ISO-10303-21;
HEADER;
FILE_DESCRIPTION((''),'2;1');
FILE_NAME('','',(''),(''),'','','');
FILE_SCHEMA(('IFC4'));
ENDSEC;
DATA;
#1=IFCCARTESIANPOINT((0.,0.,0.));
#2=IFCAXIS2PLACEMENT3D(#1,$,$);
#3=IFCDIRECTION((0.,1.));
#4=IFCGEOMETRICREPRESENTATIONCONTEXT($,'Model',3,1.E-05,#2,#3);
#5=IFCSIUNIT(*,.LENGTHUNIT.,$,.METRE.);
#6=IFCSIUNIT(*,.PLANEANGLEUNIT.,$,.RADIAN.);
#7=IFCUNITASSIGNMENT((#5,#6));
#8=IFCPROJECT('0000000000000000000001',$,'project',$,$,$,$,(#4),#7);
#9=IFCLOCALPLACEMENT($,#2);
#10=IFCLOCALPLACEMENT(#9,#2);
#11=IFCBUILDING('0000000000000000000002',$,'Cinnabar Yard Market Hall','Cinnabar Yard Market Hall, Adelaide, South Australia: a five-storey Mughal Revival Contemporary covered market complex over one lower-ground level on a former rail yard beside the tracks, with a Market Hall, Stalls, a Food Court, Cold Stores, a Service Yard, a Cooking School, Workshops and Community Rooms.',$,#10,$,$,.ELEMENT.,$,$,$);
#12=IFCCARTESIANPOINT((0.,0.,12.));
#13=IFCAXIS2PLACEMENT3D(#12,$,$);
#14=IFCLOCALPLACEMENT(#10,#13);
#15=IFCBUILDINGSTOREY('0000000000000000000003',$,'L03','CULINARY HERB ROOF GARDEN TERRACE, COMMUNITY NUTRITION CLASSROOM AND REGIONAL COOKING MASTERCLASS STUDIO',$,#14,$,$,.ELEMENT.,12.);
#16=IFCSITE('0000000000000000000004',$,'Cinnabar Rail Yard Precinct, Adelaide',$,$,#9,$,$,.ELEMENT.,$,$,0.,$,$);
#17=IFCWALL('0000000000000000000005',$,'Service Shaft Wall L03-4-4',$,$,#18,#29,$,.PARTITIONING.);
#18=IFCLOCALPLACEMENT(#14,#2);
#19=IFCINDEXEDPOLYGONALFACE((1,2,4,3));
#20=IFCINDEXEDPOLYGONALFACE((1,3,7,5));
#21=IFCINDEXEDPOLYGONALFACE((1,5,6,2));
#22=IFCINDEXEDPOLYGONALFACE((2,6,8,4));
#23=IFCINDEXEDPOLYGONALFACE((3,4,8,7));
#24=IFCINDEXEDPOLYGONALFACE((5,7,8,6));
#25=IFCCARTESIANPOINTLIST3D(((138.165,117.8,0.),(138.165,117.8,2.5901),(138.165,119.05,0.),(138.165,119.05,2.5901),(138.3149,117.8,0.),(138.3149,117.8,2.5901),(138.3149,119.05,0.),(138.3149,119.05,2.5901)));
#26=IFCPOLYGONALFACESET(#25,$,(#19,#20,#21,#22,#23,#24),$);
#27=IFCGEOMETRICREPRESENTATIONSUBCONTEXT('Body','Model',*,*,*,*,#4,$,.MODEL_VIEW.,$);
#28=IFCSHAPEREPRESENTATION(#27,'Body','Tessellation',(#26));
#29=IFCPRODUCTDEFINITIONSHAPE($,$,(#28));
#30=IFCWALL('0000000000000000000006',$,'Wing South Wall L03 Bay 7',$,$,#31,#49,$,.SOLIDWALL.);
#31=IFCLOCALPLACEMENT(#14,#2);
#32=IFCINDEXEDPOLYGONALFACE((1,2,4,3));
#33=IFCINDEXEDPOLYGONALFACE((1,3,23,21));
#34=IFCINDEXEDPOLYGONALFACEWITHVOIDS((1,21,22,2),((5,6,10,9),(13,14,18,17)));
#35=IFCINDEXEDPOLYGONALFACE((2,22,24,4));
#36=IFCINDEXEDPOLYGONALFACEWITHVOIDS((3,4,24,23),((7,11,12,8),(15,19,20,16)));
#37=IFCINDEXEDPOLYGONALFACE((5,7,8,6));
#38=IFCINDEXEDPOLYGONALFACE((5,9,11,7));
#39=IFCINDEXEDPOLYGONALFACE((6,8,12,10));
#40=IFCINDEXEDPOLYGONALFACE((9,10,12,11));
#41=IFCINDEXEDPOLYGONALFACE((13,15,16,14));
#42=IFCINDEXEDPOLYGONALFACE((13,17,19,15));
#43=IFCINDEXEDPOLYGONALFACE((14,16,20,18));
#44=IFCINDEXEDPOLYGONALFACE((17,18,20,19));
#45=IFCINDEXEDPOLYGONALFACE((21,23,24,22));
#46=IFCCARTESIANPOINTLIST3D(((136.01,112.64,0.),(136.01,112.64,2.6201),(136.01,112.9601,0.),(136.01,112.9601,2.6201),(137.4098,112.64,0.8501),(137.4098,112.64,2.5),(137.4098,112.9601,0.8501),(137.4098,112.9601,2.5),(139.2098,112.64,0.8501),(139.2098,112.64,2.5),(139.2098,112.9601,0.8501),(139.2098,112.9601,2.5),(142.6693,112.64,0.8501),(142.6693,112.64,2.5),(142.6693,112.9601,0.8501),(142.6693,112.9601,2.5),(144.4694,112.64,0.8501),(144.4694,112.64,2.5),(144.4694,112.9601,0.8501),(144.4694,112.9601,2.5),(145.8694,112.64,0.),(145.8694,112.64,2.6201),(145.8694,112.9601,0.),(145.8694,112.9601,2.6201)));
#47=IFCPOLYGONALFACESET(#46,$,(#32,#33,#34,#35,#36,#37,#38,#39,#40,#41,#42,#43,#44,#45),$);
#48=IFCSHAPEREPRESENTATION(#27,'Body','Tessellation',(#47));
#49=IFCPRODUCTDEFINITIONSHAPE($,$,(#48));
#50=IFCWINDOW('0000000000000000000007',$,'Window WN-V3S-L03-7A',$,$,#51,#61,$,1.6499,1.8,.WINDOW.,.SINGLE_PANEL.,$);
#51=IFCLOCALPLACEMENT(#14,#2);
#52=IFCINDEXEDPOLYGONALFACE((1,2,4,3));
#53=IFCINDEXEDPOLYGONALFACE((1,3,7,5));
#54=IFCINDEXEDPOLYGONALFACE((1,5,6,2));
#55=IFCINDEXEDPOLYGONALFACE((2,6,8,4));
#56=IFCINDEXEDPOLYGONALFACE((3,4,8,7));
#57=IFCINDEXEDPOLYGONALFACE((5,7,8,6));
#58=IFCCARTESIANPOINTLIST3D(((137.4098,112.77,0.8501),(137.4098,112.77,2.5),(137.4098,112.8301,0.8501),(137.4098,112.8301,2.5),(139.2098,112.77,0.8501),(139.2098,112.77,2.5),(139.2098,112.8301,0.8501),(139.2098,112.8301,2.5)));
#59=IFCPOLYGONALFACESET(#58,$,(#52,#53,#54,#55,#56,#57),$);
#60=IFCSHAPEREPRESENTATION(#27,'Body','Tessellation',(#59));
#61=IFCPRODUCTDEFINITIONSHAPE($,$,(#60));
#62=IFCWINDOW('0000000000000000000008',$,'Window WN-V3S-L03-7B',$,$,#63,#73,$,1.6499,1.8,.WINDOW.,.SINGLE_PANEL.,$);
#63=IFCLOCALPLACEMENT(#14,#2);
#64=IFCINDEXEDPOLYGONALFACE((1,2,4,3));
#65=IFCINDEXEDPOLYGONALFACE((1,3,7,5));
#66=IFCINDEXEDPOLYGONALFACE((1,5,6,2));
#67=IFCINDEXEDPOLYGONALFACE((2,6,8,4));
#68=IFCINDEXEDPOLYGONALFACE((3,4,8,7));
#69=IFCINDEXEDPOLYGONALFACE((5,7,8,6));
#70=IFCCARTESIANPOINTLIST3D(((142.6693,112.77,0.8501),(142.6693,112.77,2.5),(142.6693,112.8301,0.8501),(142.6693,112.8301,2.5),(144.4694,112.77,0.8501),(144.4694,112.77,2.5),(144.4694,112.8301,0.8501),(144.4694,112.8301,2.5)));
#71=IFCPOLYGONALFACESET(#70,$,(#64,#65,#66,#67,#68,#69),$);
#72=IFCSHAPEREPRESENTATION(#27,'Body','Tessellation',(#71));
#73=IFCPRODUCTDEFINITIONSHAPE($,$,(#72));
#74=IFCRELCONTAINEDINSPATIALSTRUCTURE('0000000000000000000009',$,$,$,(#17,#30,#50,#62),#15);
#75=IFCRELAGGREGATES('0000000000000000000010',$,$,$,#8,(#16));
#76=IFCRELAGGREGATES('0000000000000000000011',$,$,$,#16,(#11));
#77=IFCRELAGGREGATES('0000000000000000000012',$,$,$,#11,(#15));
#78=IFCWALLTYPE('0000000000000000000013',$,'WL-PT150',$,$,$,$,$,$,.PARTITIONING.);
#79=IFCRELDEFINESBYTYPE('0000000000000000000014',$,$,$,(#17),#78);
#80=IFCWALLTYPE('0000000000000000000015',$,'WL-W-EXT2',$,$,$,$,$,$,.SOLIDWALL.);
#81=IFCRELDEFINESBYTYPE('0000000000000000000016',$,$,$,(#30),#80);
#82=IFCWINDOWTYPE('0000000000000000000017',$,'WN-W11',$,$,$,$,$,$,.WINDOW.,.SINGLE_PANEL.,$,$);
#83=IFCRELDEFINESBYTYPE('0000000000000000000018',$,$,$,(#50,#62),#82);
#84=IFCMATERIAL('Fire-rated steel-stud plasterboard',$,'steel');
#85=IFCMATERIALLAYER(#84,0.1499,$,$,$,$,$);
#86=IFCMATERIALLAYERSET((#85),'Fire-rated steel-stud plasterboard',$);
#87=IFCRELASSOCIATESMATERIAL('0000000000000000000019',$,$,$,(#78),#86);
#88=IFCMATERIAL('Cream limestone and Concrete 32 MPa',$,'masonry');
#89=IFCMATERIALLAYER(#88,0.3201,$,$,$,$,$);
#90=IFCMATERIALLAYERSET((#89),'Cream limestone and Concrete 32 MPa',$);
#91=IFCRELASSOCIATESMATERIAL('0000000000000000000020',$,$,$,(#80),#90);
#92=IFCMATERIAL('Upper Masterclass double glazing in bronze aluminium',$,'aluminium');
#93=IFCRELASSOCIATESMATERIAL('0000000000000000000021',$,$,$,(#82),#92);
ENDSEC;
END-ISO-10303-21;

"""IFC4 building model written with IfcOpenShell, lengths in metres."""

from ifc_helpers import new_model, si_unit, direction, frame, frame_2d, origin, place, context, subcontext, project, spatial, rectangle, extrude, material, layer, layer_set, type_object, element, fill, save


model = new_model("IFC4")

# Units and contexts
model_context = context("Model", 3, precision=1e-05, world=origin(), true_north=direction((0.0, 1.0)))
body_context = subcontext(model_context, "Body", "Model", "MODEL_VIEW")
ifc_project = project(units=[si_unit("LENGTHUNIT", "METRE"), si_unit("PLANEANGLEUNIT", "RADIAN")], contexts=[model_context])

# Site, building, storey
site_placement = place(None, origin())
site = spatial("IfcSite", under=ifc_project, at=site_placement, Name="Cinnabar Rail Yard Precinct, Adelaide", CompositionType="ELEMENT", RefElevation=0.0)
building_placement = place(site_placement, origin())
building = spatial("IfcBuilding", under=site, at=building_placement, Name="Cinnabar Yard Market Hall", Description="Cinnabar Yard Market Hall, Adelaide, South Australia: a five-storey Mughal Revival Contemporary covered market complex over one lower-ground level on a former rail yard beside the tracks, with a Market Hall, Stalls, a Food Court, Cold Stores, a Service Yard, a Cooking School, Workshops and Community Rooms.", CompositionType="ELEMENT")
storey_placement = place(building_placement, frame((0.0, 0.0, 12.0)))
storey = spatial("IfcBuildingStorey", under=building, at=storey_placement, Name="L03", Description="CULINARY HERB ROOF GARDEN TERRACE, COMMUNITY NUTRITION CLASSROOM AND REGIONAL COOKING MASTERCLASS STUDIO", CompositionType="ELEMENT", Elevation=12.0)

# Wall
ifc_material_1 = material(Name="Fire-rated steel-stud plasterboard", Category="steel")
ifc_layer_1 = layer(ifc_material_1, 0.1499)
ifc_layer_set_1 = layer_set([ifc_layer_1], Name="Fire-rated steel-stud plasterboard")
wall_type_1 = type_object("IfcWallType", Name="WL-PT150", PredefinedType="PARTITIONING", material=ifc_layer_set_1)
for number, where, z_axis, x_axis, name in (
    (1, (138.24, 119.05, 0.0), (0.0, 0.0, 1.0), (0.0, -1.0, 0.0), "Service Shaft Wall L03-4-4"),
):
    element("IfcWall", number, at=place(storey_placement, frame(where, z_axis=z_axis, x_axis=x_axis)), inside=storey, type_object=wall_type_1, Name=name, PredefinedType="PARTITIONING", context=body_context, shape_type="SweptSolid", body=[
        extrude(rectangle(XDim=1.25, YDim=0.1499, at=frame_2d((0.625, 0.0), x_axis=(1.0, 0.0))), origin(), (0.0, 0.0, 1.0), 2.5901),
    ])

# Wall, openings, windows
ifc_material_2 = material(Name="Cream limestone and Concrete 32 MPa", Category="masonry")
ifc_layer_2 = layer(ifc_material_2, 0.3201)
ifc_layer_set_2 = layer_set([ifc_layer_2], Name="Cream limestone and Concrete 32 MPa")
wall_type_2 = type_object("IfcWallType", Name="WL-W-EXT2", PredefinedType="SOLIDWALL", material=ifc_layer_set_2)
wall_1_placement = place(storey_placement, frame((136.01, 112.8, 0.0), z_axis=(0.0, 0.0, 1.0), x_axis=(1.0, 0.0, 0.0)))
wall_1 = element("IfcWall", 2, at=wall_1_placement, inside=storey, type_object=wall_type_2, Name="Wing South Wall L03 Bay 7", PredefinedType="SOLIDWALL", context=body_context, shape_type="SweptSolid", body=[
    extrude(rectangle(XDim=9.8594, YDim=0.3201, at=frame_2d((4.9297, 0.0), x_axis=(1.0, 0.0))), origin(), (0.0, 0.0, 1.0), 2.6201),
])
opening_1_placement = place(wall_1_placement, frame((1.3999, 0.0, 0.8501)))
opening_1 = element("IfcOpeningElement", 3, at=opening_1_placement, cuts=wall_1, PredefinedType="OPENING", context=body_context, shape_type="SweptSolid", body=[
    extrude(rectangle(XDim=1.8, YDim=1.6499, at=frame_2d((0.8999, 0.825), x_axis=(1.0, 0.0))), frame((0.0, 0.1699, 0.0), z_axis=(0.0, -1.0, 0.0), x_axis=(1.0, 0.0, 0.0)), (0.0, 0.0, 1.0), 0.3401),
])
opening_2_placement = place(wall_1_placement, frame((6.6594, 0.0, 0.8501)))
opening_2 = element("IfcOpeningElement", 4, at=opening_2_placement, cuts=wall_1, PredefinedType="OPENING", context=body_context, shape_type="SweptSolid", body=[
    extrude(rectangle(XDim=1.8, YDim=1.6499, at=frame_2d((0.8999, 0.825), x_axis=(1.0, 0.0))), frame((0.0, 0.1699, 0.0), z_axis=(0.0, -1.0, 0.0), x_axis=(1.0, 0.0, 0.0)), (0.0, 0.0, 1.0), 0.3401),
])
ifc_material_3 = material(Name="Upper Masterclass double glazing in bronze aluminium", Category="aluminium")
window_type = type_object("IfcWindowType", Name="WN-W11", PartitioningType="SINGLE_PANEL", PredefinedType="WINDOW", material=ifc_material_3)
window_1_placement = place(opening_1_placement, origin())
window_1 = element("IfcWindow", 5, at=window_1_placement, inside=storey, type_object=window_type, Name="Window WN-V3S-L03-7A", OverallHeight=1.6499, OverallWidth=1.8, PartitioningType="SINGLE_PANEL", PredefinedType="WINDOW", context=body_context, shape_type="SweptSolid", body=[
    extrude(rectangle(XDim=1.8, YDim=1.6499, at=frame_2d((0.8999, 0.825), x_axis=(1.0, 0.0))), frame((0.0, 0.03, 0.0), z_axis=(0.0, -1.0, 0.0), x_axis=(1.0, 0.0, 0.0)), (0.0, 0.0, 1.0), 0.0601),
])
fill(opening_1, window_1)
window_2_placement = place(opening_2_placement, origin())
window_2 = element("IfcWindow", 6, at=window_2_placement, inside=storey, type_object=window_type, Name="Window WN-V3S-L03-7B", OverallHeight=1.6499, OverallWidth=1.8, PartitioningType="SINGLE_PANEL", PredefinedType="WINDOW", context=body_context, shape_type="SweptSolid", body=[
    extrude(rectangle(XDim=1.8, YDim=1.6499, at=frame_2d((0.8999, 0.825), x_axis=(1.0, 0.0))), frame((0.0, 0.03, 0.0), z_axis=(0.0, -1.0, 0.0), x_axis=(1.0, 0.0, 0.0)), (0.0, 0.0, 1.0), 0.0601),
])
fill(opening_2, window_2)

save(model, "model.ifc")
